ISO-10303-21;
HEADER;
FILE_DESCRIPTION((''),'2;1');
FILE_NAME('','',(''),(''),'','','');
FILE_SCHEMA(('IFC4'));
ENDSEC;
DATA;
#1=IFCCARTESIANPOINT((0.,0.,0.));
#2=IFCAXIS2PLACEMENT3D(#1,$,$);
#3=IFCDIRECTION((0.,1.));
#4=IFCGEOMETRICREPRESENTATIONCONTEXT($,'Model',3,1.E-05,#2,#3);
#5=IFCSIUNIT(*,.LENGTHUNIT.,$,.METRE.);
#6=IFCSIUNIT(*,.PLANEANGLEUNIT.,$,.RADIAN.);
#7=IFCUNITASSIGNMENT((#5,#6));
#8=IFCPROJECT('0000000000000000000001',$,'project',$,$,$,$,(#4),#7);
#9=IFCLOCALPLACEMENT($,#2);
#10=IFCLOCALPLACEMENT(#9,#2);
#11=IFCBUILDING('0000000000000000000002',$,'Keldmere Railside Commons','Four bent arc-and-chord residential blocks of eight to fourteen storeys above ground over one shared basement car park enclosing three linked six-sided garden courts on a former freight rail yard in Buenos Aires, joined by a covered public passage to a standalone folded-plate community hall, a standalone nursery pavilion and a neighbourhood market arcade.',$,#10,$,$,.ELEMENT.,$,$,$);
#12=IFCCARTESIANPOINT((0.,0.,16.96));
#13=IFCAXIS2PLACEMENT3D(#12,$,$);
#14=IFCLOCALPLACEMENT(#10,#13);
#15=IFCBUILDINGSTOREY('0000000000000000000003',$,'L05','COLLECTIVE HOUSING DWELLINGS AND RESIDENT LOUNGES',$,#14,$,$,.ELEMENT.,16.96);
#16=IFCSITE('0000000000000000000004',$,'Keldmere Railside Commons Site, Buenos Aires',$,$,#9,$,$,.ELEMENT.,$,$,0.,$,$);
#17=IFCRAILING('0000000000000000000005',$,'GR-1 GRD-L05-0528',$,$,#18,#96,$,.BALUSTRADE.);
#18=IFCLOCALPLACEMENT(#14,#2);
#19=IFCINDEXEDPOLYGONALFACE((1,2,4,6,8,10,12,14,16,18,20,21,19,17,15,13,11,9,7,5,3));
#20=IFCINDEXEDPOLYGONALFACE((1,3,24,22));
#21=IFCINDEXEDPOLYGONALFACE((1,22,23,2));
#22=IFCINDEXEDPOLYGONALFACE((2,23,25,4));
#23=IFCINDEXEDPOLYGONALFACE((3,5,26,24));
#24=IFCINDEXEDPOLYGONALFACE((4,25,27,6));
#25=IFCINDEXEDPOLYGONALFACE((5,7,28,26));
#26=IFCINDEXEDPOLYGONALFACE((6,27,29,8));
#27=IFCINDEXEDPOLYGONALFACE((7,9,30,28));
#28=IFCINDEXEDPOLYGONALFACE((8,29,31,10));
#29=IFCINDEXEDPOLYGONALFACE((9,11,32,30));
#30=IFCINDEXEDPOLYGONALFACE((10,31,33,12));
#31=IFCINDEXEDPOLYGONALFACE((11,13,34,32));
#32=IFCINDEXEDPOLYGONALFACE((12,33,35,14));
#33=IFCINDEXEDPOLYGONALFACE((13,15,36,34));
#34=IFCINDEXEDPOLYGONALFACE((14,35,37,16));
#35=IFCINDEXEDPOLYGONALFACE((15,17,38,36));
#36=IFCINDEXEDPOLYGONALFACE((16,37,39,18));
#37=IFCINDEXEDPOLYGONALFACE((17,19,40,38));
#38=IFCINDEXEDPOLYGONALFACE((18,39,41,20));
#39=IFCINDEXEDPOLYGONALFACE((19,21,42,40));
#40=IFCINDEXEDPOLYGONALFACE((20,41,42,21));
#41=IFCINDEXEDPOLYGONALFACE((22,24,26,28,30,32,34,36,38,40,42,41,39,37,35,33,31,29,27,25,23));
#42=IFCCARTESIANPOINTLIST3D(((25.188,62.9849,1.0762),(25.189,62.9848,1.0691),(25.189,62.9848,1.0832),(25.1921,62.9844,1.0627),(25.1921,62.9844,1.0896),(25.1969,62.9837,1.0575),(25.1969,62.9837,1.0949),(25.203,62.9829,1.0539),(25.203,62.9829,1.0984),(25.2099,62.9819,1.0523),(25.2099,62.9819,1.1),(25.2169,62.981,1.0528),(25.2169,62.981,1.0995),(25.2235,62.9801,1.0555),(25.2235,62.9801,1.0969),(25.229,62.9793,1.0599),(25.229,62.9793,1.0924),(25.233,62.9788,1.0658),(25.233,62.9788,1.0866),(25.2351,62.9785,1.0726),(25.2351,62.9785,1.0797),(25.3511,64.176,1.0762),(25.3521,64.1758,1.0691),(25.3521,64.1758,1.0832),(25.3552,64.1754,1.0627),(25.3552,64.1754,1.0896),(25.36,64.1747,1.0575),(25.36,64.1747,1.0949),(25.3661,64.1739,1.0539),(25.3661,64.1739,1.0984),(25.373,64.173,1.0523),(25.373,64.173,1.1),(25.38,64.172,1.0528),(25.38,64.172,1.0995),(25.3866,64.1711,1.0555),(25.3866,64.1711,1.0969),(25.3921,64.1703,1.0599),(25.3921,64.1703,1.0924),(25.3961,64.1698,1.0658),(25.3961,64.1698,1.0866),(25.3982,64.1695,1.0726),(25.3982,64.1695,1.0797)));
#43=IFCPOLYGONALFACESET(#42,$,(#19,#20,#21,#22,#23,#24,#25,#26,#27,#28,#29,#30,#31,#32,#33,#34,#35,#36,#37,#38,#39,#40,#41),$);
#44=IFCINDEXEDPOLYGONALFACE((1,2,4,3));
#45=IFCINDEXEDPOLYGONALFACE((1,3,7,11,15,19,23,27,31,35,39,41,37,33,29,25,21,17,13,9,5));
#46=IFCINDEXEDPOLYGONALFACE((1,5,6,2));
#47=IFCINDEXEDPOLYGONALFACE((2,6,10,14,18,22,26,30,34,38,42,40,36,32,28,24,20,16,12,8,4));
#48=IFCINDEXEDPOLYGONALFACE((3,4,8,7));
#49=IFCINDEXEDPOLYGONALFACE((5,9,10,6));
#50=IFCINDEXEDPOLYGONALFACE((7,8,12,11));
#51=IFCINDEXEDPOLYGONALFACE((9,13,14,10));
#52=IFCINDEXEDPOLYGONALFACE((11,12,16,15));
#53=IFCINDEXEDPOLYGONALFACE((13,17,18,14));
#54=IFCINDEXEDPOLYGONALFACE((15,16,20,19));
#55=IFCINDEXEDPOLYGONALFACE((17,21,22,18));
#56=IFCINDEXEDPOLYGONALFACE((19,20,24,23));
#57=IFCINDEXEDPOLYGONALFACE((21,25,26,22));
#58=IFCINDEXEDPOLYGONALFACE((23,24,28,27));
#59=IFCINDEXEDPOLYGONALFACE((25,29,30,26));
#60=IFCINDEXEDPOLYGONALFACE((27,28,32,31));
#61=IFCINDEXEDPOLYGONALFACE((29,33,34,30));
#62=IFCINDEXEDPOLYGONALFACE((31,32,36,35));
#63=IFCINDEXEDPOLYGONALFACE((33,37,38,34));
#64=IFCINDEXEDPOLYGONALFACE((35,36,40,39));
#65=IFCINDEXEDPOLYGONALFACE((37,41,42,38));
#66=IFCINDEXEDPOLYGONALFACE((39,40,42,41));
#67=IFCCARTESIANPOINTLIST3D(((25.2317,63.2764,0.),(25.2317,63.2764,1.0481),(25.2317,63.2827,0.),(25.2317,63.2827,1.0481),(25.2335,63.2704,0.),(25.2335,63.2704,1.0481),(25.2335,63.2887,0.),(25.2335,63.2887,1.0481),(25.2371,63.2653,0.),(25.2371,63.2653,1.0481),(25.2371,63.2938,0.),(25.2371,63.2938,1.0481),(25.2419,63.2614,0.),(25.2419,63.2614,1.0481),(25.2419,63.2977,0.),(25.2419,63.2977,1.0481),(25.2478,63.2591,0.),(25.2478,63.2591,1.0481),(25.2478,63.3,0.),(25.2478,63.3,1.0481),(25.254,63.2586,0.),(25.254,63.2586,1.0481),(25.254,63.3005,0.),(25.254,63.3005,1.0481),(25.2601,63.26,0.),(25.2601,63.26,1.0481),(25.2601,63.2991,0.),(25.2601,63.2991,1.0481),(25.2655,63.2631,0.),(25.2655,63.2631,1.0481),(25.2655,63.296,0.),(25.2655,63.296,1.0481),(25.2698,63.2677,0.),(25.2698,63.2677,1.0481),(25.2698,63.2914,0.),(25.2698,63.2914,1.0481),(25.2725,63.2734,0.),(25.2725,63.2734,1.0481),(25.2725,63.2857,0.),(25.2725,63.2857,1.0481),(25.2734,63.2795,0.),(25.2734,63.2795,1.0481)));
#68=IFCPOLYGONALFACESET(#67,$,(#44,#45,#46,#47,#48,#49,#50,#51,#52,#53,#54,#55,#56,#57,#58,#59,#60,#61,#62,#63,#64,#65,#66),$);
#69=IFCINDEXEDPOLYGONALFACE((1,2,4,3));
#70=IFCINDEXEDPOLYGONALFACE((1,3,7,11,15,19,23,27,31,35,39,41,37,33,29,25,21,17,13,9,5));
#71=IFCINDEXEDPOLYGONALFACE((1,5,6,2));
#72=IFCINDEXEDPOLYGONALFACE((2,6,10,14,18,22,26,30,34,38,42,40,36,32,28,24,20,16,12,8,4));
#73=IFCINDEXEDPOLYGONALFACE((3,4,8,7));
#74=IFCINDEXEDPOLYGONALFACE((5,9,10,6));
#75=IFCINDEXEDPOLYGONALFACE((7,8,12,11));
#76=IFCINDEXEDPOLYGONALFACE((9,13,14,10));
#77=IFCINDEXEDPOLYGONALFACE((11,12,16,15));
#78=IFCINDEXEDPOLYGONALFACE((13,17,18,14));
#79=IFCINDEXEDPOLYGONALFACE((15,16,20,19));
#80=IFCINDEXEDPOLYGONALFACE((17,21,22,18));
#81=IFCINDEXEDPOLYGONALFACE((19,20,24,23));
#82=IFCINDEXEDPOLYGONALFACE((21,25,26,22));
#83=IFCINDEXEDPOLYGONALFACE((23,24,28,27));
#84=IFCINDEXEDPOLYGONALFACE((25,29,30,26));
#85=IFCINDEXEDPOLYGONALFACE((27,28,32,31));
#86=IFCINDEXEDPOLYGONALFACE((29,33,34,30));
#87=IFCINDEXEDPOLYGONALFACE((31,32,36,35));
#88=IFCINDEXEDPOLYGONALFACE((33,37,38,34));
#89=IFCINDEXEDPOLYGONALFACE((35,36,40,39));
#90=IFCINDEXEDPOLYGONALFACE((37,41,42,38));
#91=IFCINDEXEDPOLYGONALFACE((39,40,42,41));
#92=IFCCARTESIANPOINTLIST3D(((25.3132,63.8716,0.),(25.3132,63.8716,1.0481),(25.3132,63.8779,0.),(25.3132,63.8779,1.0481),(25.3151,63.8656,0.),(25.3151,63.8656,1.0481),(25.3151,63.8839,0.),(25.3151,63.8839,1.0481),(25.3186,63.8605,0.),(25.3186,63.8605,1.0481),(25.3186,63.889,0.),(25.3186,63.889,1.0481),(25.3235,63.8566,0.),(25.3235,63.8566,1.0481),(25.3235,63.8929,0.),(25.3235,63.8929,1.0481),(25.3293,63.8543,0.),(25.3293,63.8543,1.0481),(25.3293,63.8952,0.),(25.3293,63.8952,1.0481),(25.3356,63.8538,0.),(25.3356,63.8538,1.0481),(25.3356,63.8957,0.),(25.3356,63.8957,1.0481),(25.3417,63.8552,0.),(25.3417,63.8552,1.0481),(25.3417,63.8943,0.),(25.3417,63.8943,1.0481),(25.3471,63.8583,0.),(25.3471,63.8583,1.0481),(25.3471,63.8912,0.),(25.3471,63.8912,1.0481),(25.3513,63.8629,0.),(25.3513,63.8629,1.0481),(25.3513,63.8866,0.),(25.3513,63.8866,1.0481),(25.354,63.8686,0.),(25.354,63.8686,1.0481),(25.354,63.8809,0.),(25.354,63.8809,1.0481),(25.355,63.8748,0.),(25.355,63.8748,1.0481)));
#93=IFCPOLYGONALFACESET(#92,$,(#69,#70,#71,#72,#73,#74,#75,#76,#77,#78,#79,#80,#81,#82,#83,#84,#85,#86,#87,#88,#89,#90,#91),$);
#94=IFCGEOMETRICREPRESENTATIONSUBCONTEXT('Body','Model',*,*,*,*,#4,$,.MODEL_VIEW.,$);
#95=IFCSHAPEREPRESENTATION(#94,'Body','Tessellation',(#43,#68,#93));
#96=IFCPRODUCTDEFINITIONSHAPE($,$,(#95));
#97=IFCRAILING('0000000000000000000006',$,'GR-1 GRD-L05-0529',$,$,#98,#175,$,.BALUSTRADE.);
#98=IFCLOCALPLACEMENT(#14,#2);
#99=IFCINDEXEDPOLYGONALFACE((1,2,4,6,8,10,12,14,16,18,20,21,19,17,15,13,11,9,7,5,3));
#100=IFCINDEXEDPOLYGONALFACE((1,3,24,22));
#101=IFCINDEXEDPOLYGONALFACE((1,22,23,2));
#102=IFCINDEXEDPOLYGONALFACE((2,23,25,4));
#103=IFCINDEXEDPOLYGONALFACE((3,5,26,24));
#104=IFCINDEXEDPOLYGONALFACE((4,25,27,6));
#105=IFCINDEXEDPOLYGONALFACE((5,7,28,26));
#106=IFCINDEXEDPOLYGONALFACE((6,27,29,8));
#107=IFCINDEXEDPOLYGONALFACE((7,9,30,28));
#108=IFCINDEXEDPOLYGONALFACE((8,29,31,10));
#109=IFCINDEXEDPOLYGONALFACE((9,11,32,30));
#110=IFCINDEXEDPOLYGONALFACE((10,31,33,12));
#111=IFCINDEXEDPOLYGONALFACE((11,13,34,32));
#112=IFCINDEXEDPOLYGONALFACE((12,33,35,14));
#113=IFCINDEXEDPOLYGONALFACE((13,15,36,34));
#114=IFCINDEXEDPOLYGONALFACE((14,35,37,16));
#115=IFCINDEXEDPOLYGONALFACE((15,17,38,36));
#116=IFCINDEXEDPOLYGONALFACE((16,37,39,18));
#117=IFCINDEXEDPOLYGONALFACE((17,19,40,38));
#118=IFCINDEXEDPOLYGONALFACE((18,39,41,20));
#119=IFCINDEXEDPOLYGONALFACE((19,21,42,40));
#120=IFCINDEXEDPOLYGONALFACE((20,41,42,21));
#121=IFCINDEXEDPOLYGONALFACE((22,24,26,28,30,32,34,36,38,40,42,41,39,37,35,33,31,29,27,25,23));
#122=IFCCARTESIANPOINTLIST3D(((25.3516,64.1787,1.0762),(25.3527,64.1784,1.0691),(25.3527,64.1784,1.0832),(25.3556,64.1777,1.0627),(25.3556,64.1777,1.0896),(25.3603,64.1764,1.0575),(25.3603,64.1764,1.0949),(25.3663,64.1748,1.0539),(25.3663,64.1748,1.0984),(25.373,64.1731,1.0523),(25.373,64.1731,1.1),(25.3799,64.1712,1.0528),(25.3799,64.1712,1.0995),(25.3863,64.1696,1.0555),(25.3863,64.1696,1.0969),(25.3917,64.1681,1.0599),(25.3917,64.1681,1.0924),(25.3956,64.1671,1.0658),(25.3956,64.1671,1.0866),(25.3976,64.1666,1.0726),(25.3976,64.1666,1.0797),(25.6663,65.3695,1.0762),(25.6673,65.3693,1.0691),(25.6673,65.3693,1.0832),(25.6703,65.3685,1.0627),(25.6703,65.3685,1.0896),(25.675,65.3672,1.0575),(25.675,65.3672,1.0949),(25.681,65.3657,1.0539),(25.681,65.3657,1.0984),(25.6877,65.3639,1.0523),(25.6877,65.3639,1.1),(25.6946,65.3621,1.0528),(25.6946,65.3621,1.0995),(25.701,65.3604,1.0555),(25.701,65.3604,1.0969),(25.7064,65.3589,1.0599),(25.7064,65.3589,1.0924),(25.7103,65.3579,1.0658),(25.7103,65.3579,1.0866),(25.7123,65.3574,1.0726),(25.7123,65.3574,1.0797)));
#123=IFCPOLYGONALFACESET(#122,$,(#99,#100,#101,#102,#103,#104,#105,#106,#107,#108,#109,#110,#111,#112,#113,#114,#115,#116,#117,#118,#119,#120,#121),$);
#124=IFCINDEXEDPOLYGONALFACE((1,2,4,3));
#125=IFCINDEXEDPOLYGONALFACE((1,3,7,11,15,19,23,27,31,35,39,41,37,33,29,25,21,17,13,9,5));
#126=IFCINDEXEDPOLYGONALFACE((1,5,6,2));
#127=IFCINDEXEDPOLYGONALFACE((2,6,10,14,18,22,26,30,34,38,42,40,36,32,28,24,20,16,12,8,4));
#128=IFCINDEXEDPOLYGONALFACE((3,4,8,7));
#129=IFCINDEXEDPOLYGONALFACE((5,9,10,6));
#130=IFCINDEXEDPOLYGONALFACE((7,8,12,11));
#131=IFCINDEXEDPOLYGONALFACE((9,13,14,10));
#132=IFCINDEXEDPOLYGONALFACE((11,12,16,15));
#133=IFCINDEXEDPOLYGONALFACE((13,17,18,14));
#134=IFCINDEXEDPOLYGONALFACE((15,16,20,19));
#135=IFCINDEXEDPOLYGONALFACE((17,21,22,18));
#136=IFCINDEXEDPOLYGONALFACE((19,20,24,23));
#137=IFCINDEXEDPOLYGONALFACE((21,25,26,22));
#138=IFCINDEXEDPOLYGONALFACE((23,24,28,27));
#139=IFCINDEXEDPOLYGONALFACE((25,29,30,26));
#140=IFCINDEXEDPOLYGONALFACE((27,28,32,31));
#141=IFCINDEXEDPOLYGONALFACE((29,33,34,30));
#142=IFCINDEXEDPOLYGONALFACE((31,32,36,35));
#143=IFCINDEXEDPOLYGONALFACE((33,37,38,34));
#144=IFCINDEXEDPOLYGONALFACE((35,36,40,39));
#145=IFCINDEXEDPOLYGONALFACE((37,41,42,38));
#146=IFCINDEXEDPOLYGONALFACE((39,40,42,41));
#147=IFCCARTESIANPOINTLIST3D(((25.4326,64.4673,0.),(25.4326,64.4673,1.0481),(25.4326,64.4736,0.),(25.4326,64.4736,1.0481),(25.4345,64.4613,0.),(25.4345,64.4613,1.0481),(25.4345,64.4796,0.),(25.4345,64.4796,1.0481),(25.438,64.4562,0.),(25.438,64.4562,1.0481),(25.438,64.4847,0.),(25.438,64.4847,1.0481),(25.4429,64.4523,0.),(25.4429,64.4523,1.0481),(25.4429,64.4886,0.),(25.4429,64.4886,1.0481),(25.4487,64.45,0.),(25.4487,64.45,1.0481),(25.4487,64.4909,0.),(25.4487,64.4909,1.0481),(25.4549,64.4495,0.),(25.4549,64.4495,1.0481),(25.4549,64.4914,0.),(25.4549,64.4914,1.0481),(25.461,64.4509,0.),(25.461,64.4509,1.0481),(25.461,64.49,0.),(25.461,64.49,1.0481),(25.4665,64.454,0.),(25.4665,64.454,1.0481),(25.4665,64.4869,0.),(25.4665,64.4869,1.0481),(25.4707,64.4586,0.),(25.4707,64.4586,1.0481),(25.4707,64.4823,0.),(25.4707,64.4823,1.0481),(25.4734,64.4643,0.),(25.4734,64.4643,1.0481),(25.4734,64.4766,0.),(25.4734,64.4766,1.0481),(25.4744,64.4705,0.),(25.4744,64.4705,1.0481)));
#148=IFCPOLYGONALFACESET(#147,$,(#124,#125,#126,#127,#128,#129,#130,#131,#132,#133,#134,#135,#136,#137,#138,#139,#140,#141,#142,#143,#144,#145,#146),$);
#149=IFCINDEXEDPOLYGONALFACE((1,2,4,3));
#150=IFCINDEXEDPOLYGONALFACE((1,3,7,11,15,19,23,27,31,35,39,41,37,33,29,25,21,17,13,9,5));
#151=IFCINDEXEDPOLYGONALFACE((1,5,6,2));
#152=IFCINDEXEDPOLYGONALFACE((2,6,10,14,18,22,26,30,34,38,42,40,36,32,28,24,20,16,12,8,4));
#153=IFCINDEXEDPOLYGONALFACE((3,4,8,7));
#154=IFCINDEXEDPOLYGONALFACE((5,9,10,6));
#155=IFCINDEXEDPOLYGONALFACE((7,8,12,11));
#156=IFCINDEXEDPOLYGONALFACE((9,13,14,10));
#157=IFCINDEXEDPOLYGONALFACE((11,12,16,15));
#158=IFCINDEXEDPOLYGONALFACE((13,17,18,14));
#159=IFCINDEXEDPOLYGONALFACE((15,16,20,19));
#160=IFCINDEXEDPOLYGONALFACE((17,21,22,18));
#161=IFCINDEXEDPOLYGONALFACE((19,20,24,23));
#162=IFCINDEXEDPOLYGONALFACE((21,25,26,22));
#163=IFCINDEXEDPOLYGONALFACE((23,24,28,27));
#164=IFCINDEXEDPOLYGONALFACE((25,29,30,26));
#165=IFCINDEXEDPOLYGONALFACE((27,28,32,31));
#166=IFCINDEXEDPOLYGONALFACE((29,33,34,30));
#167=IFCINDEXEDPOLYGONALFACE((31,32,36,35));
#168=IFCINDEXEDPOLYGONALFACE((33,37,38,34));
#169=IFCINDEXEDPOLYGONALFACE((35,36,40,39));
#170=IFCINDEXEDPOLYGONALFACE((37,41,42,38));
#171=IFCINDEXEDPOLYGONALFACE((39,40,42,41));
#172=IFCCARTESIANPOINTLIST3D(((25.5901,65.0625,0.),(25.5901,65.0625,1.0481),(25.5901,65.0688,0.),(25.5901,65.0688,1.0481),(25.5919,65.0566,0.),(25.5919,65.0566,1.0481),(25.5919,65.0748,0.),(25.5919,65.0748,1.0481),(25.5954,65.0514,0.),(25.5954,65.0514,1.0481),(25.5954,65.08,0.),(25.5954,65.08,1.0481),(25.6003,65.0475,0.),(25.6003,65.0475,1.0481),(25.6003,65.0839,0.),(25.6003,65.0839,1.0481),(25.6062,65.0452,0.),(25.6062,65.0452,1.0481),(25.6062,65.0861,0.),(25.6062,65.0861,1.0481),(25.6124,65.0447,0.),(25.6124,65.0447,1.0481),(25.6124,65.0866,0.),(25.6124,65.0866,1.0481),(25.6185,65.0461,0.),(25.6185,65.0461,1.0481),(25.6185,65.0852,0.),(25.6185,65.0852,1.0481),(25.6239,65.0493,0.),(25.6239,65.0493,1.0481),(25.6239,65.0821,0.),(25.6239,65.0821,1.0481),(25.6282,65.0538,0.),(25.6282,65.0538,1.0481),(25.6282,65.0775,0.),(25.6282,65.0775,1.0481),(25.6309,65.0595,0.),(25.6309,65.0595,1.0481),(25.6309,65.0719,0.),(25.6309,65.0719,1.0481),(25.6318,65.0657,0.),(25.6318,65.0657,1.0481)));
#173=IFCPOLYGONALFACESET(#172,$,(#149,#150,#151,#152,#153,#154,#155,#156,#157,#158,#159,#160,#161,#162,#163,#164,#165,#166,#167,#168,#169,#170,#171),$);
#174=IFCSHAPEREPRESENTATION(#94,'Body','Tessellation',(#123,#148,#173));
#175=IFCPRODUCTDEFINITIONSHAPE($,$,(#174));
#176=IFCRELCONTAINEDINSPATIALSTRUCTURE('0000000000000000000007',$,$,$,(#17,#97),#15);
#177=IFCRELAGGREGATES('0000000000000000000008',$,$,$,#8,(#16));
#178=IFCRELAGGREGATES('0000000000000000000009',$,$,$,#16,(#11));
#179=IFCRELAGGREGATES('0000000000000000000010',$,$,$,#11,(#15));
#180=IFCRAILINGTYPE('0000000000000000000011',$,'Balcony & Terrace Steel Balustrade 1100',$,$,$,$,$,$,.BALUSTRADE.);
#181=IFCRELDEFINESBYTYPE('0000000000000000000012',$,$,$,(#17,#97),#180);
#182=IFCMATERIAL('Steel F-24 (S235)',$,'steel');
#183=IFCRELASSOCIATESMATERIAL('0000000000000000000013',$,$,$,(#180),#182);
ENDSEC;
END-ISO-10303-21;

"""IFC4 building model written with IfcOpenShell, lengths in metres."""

from ifc_helpers import new_model, si_unit, direction, frame, origin, origin_2d, place, context, subcontext, project, spatial, circle, extrude, material, type_object, element, save


model = new_model("IFC4")

# Units and contexts
model_context = context("Model", 3, precision=1e-05, world=origin(), true_north=direction((0.0, 1.0)))
body_context = subcontext(model_context, "Body", "Model", "MODEL_VIEW")
ifc_project = project(units=[si_unit("LENGTHUNIT", "METRE"), si_unit("PLANEANGLEUNIT", "RADIAN")], contexts=[model_context])

# Site, building, storey
site_placement = place(None, origin())
site = spatial("IfcSite", under=ifc_project, at=site_placement, Name="Keldmere Railside Commons Site, Buenos Aires", CompositionType="ELEMENT", RefElevation=0.0)
building_placement = place(site_placement, origin())
building = spatial("IfcBuilding", under=site, at=building_placement, Name="Keldmere Railside Commons", Description="Four bent arc-and-chord residential blocks of eight to fourteen storeys above ground over one shared basement car park enclosing three linked six-sided garden courts on a former freight rail yard in Buenos Aires, joined by a covered public passage to a standalone folded-plate community hall, a standalone nursery pavilion and a neighbourhood market arcade.", CompositionType="ELEMENT")
storey_placement = place(building_placement, frame((0.0, 0.0, 16.96)))
storey = spatial("IfcBuildingStorey", under=building, at=storey_placement, Name="L05", Description="COLLECTIVE HOUSING DWELLINGS AND RESIDENT LOUNGES", CompositionType="ELEMENT", Elevation=16.96)

# Railings
ifc_material_1 = material(Name="Steel F-24 (S235)", Category="steel")
railing_type = type_object("IfcRailingType", Name="Balcony & Terrace Steel Balustrade 1100", PredefinedType="BALUSTRADE", material=ifc_material_1)
railing_1_placement = place(storey_placement, frame((25.2117, 62.9817, 0.0)))
element("IfcRailing", 1, at=railing_1_placement, inside=storey, type_object=railing_type, Name="GR-1 GRD-L05-0528", PredefinedType="BALUSTRADE", context=body_context, shape_type="SweptSolid", body=[
    extrude(circle(Radius=0.0239, at=origin_2d()), frame((0.0, 0.0, 1.0762), z_axis=(0.135675, 0.990753, 0.0), x_axis=(-0.990753, 0.135675, 0.0)), (0.0, 0.0, 1.0), 1.2021),
    extrude(circle(Radius=0.021, at=origin_2d()), frame((0.0408, 0.2979, 0.0)), (0.0, 0.0, 1.0), 1.0481),
    extrude(circle(Radius=0.021, at=origin_2d()), frame((0.1223, 0.8931, 0.0)), (0.0, 0.0, 1.0), 1.0481),
])
railing_2_placement = place(storey_placement, frame((25.3748, 64.1726, 0.0)))
element("IfcRailing", 2, at=railing_2_placement, inside=storey, type_object=railing_type, Name="GR-1 GRD-L05-0529", PredefinedType="BALUSTRADE", context=body_context, shape_type="SweptSolid", body=[
    extrude(circle(Radius=0.0239, at=origin_2d()), frame((0.0, 0.0, 1.0762), z_axis=(0.255479, 0.966815, 0.0), x_axis=(-0.966815, 0.255479, 0.0)), (0.0, 0.0, 1.0), 1.2317),
    extrude(circle(Radius=0.021, at=origin_2d()), frame((0.0786, 0.2979, 0.0)), (0.0, 0.0, 1.0), 1.0481),
    extrude(circle(Radius=0.021, at=origin_2d()), frame((0.2361, 0.8931, 0.0)), (0.0, 0.0, 1.0), 1.0481),
])

save(model, "model.ifc")
